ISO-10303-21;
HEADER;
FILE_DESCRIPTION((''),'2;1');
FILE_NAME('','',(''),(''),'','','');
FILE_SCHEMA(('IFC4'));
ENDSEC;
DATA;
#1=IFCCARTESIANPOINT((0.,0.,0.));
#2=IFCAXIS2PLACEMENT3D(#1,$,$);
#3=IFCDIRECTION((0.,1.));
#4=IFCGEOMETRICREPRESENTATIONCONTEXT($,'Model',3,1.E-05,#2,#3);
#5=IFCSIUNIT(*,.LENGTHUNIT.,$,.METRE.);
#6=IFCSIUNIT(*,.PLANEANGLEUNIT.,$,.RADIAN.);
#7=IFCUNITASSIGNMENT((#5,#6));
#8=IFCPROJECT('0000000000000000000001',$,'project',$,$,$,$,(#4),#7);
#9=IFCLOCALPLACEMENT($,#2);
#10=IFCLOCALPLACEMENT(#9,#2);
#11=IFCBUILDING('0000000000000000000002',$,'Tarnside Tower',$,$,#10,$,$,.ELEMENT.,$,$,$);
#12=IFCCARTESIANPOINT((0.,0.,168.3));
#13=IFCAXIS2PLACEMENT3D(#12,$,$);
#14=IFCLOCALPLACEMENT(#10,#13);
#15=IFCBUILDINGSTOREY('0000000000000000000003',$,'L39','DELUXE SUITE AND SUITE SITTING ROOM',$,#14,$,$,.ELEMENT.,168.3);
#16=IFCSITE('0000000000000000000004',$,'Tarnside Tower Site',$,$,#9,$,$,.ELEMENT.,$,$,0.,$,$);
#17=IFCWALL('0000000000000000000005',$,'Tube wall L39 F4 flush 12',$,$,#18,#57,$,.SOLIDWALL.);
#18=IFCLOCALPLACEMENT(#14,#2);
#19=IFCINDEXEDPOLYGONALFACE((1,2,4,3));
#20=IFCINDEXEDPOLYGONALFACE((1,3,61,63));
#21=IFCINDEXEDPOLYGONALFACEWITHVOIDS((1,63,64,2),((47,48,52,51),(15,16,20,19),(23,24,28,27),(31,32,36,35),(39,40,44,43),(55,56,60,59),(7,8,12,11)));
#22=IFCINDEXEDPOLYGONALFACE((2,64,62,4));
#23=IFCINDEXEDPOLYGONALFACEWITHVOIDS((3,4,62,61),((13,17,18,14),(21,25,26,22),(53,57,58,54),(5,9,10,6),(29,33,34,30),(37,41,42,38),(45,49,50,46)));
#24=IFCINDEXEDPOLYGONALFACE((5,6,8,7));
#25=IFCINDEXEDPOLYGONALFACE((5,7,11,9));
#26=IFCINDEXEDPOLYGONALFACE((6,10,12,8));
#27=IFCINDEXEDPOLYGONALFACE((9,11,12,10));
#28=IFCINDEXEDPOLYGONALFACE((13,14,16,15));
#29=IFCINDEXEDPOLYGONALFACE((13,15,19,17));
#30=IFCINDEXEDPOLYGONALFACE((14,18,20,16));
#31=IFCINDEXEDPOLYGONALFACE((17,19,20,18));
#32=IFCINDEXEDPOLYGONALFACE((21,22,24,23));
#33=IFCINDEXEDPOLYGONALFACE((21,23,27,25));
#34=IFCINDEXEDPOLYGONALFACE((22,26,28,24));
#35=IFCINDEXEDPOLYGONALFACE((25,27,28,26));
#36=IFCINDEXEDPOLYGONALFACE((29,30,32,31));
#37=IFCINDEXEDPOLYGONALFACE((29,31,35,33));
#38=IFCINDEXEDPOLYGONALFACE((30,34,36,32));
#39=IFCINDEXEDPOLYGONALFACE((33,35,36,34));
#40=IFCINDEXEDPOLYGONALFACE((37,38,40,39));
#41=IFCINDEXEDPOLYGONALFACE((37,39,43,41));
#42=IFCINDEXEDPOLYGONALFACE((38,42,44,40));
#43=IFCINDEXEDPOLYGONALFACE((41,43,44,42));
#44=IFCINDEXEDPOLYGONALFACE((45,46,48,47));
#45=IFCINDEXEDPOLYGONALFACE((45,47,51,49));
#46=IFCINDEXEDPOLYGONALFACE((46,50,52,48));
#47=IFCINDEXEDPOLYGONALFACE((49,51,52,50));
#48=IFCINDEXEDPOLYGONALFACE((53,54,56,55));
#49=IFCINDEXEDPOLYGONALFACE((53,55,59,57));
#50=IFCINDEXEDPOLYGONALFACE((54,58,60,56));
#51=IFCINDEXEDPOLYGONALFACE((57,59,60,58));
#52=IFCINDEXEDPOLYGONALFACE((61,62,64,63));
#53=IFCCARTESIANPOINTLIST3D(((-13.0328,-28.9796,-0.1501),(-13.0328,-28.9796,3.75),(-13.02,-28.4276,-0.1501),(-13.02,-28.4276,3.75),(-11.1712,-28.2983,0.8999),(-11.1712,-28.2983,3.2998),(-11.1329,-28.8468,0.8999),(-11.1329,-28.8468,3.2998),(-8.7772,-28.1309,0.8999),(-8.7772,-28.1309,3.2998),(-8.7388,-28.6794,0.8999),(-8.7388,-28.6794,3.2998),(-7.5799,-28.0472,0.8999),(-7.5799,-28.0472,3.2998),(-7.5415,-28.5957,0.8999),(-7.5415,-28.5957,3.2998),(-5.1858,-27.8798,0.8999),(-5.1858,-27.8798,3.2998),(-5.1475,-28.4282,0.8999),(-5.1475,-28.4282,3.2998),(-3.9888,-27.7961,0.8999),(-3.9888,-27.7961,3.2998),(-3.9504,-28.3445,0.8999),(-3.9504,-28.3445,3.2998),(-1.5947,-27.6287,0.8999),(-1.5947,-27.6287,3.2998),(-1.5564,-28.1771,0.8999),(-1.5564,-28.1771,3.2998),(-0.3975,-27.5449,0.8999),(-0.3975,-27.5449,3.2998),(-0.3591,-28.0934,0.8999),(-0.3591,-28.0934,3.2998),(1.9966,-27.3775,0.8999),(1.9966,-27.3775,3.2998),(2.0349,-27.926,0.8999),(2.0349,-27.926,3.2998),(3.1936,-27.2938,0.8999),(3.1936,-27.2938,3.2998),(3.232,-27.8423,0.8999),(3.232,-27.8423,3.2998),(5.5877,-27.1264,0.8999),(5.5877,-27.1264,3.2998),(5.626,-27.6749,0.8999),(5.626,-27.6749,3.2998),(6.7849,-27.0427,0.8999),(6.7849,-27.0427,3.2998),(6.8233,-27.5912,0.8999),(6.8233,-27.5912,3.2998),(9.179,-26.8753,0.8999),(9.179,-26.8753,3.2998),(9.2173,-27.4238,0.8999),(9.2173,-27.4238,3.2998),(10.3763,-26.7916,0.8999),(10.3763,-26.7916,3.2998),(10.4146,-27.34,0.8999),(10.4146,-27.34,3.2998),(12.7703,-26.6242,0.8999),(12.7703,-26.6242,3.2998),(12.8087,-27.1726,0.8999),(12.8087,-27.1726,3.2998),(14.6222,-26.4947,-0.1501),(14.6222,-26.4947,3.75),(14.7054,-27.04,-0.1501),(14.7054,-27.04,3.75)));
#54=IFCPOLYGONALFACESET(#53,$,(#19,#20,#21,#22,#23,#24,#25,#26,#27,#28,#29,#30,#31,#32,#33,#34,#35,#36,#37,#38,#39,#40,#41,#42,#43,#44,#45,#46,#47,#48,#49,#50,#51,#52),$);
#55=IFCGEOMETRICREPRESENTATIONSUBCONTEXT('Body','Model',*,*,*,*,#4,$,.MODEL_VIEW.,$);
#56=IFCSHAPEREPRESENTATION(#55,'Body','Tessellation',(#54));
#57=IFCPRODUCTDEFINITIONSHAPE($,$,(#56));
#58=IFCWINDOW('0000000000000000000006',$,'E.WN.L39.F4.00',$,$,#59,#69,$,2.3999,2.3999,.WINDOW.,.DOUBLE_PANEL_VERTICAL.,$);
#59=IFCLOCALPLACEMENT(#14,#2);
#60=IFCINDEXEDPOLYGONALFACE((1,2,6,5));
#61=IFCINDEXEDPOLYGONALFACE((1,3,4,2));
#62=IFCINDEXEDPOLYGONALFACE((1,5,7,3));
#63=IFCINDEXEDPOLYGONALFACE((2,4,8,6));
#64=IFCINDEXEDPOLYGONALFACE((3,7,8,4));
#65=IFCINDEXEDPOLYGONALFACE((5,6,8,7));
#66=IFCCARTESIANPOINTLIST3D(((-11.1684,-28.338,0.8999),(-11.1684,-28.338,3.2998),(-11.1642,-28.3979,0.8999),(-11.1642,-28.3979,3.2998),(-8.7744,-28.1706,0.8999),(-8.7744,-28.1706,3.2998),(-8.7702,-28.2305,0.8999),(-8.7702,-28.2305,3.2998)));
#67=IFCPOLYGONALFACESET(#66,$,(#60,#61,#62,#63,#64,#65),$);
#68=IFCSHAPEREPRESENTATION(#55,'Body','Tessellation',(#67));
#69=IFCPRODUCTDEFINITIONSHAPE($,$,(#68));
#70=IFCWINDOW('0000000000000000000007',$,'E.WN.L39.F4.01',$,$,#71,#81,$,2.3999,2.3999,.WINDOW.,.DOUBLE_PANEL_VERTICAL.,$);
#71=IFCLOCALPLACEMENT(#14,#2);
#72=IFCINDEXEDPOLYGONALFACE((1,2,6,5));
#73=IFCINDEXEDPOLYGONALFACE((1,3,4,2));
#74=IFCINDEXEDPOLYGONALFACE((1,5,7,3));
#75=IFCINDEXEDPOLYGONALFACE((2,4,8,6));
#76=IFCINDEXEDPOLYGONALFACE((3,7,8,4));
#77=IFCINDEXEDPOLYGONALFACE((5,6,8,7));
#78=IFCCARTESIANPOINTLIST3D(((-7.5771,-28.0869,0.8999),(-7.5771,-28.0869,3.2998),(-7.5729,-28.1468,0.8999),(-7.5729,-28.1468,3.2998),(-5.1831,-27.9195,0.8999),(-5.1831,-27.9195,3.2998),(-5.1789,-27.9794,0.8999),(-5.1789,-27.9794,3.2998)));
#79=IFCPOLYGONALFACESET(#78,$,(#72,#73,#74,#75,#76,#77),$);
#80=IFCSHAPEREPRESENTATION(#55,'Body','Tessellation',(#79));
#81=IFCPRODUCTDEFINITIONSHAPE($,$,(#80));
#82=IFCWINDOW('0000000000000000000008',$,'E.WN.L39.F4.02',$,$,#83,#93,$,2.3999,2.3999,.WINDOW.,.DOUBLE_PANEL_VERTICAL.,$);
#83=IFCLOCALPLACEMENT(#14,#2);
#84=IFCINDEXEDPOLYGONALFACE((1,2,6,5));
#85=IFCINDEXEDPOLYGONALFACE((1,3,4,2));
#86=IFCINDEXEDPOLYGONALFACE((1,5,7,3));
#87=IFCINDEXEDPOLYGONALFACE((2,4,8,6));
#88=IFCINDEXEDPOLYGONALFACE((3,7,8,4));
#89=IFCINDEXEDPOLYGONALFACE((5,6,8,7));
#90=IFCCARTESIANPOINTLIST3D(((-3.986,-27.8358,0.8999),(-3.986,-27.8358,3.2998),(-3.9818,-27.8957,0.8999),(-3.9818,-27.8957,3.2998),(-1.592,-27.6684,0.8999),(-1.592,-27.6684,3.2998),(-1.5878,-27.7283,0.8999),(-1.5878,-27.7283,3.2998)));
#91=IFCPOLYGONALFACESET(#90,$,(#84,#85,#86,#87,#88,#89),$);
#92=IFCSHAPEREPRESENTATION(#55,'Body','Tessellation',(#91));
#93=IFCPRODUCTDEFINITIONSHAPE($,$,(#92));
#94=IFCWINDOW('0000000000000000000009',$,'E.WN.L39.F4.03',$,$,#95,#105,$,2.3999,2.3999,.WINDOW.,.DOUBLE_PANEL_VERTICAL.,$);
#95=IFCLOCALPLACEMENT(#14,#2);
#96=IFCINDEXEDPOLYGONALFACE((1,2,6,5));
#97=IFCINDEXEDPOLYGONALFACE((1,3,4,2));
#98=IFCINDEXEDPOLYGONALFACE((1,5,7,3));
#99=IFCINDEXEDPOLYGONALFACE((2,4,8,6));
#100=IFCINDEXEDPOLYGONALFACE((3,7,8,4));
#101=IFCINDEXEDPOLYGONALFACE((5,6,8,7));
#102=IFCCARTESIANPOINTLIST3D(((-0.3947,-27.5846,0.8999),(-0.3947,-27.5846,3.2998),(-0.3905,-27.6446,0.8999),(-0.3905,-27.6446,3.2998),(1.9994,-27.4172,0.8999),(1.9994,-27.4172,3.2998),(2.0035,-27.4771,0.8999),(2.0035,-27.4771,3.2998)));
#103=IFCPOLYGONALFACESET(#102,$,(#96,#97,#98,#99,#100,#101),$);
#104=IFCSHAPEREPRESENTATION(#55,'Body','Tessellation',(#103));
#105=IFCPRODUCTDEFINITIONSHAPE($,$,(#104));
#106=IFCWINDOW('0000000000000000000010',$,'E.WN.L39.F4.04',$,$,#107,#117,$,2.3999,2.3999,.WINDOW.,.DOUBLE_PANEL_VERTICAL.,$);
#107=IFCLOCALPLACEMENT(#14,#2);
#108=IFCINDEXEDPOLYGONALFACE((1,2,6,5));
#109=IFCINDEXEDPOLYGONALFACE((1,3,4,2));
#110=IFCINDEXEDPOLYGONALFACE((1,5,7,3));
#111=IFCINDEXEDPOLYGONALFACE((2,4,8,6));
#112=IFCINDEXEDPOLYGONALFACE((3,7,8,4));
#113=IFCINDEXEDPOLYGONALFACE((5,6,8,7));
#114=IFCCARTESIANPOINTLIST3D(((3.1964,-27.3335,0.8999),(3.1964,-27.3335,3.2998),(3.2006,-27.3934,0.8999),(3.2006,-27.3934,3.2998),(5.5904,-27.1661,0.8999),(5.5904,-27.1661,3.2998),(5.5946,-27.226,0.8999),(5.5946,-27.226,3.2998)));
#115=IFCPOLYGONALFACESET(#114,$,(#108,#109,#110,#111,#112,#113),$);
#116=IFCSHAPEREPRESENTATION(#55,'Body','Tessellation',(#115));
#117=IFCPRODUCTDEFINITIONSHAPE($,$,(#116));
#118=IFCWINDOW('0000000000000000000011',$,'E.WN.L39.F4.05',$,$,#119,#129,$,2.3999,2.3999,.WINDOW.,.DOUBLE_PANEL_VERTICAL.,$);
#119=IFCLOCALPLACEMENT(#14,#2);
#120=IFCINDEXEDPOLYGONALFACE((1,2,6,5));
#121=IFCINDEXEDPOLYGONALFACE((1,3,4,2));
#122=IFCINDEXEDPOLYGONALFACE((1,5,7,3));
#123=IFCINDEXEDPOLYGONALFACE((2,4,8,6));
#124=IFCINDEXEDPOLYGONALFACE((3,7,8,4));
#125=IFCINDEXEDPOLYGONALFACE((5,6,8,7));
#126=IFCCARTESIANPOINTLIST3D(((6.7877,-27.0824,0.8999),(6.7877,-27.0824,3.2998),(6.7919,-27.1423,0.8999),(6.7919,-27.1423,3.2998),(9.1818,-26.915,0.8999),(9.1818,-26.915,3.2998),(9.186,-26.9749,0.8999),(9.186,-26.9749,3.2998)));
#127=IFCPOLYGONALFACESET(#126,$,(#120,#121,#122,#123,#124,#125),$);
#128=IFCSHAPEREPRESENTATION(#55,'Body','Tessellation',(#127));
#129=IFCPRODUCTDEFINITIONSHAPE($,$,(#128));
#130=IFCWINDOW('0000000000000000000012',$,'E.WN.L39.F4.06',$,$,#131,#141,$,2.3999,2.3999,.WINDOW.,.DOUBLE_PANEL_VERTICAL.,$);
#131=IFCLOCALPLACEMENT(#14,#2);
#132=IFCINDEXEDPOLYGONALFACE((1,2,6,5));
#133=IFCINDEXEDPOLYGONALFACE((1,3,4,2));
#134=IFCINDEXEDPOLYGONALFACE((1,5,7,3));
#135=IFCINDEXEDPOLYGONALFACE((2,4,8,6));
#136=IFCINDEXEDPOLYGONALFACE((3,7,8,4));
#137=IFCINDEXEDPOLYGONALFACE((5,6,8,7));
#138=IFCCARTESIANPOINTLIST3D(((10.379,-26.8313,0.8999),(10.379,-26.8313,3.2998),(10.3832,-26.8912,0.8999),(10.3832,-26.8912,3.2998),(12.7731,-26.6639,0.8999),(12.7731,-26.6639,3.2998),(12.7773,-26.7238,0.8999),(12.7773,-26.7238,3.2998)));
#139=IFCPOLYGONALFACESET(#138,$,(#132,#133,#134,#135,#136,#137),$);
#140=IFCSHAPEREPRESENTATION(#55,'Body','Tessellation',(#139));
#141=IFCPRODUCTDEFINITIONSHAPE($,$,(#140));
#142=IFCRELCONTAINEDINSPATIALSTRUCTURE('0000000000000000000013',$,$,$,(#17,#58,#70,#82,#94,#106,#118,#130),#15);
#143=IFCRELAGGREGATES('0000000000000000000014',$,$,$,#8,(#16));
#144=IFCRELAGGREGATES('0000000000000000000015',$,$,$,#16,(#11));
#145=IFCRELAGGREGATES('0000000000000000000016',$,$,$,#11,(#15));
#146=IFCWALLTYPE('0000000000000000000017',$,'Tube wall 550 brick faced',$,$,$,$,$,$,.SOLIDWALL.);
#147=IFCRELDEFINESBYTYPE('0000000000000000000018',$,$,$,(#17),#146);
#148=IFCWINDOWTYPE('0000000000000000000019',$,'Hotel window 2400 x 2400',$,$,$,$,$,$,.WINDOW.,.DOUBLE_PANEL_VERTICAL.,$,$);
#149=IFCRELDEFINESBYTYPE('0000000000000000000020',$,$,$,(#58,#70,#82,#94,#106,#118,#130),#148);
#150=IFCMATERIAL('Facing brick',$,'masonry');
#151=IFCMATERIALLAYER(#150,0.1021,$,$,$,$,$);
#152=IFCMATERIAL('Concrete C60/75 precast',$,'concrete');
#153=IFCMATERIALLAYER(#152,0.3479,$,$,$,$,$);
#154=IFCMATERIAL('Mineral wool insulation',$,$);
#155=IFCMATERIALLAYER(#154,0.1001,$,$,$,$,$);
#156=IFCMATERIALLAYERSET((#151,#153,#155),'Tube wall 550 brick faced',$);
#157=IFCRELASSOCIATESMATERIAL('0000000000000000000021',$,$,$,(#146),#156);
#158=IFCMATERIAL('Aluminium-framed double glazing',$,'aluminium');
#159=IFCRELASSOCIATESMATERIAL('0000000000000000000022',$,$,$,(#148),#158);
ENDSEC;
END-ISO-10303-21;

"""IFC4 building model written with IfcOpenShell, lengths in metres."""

from ifc_helpers import new_model, si_unit, direction, frame, frame_2d, origin, place, context, subcontext, project, spatial, polyline, rectangle, outline, extrude, material, layer, layer_set, type_object, element, fill, save


model = new_model("IFC4")

# Units and contexts
model_context = context("Model", 3, precision=1e-05, world=origin(), true_north=direction((0.0, 1.0)))
body_context = subcontext(model_context, "Body", "Model", "MODEL_VIEW")
ifc_project = project(units=[si_unit("LENGTHUNIT", "METRE"), si_unit("PLANEANGLEUNIT", "RADIAN")], contexts=[model_context])

# Site, building, storey
site_placement = place(None, origin())
site = spatial("IfcSite", under=ifc_project, at=site_placement, Name="Tarnside Tower Site", CompositionType="ELEMENT", RefElevation=0.0)
building_placement = place(site_placement, origin())
building = spatial("IfcBuilding", under=site, at=building_placement, Name="Tarnside Tower", CompositionType="ELEMENT")
storey_placement = place(building_placement, frame((0.0, 0.0, 168.3)))
storey = spatial("IfcBuildingStorey", under=building, at=storey_placement, Name="L39", Description="DELUXE SUITE AND SUITE SITTING ROOM", CompositionType="ELEMENT", Elevation=168.3)

# Wall, openings, windows
ifc_material_1 = material(Name="Facing brick", Category="masonry")
ifc_layer_1 = layer(ifc_material_1, 0.1021)
ifc_material_2 = material(Name="Concrete C60/75 precast", Category="concrete")
ifc_layer_2 = layer(ifc_material_2, 0.3479)
ifc_material_3 = material(Name="Mineral wool insulation")
ifc_layer_3 = layer(ifc_material_3, 0.1001)
ifc_layer_set_1 = layer_set([ifc_layer_1, ifc_layer_2, ifc_layer_3], Name="Tube wall 550 brick faced")
wall_type_1 = type_object("IfcWallType", Name="Tube wall 550 brick faced", PredefinedType="SOLIDWALL", material=ifc_layer_set_1)
wall_1_placement = place(storey_placement, frame((-13.0264, -28.7036, -0.1501), z_axis=(0.0, 0.0, 1.0), x_axis=(0.997564, 0.069756, 0.0)))
wall_1 = element("IfcWall", 1, at=wall_1_placement, inside=storey, type_object=wall_type_1, Name="Tube wall L39 F4 flush 12", PredefinedType="SOLIDWALL", context=body_context, shape_type="SweptSolid", body=[
    extrude(outline(polyline([(-0.0256, -0.2749), (27.7803, -0.2749), (27.7354, 0.2749), (0.0256, 0.2749), (-0.0256, -0.2749)])), origin(), (0.0, 0.0, 1.0), 3.9001),
])
opening_1_placement = place(wall_1_placement, frame((1.8789, 0.0, 1.05)))
opening_1 = element("IfcOpeningElement", 2, at=opening_1_placement, cuts=wall_1, PredefinedType="OPENING", context=body_context, shape_type="SweptSolid", body=[
    extrude(rectangle(XDim=2.3999, YDim=2.3999, at=frame_2d((1.2, 1.2))), frame((0.0, 0.2852, 0.0), z_axis=(0.0, -1.0, 0.0), x_axis=(1.0, 0.0, 0.0)), (0.0, 0.0, 1.0), 0.5701),
])
opening_2_placement = place(wall_1_placement, frame((5.479, 0.0, 1.05)))
opening_2 = element("IfcOpeningElement", 3, at=opening_2_placement, cuts=wall_1, PredefinedType="OPENING", context=body_context, shape_type="SweptSolid", body=[
    extrude(rectangle(XDim=2.3999, YDim=2.3999, at=frame_2d((1.2, 1.2))), frame((0.0, 0.2852, 0.0), z_axis=(0.0, -1.0, 0.0), x_axis=(1.0, 0.0, 0.0)), (0.0, 0.0, 1.0), 0.5701),
])
opening_3_placement = place(wall_1_placement, frame((9.0789, 0.0, 1.05)))
opening_3 = element("IfcOpeningElement", 4, at=opening_3_placement, cuts=wall_1, PredefinedType="OPENING", context=body_context, shape_type="SweptSolid", body=[
    extrude(rectangle(XDim=2.3999, YDim=2.3999, at=frame_2d((1.2, 1.2))), frame((0.0, 0.2852, 0.0), z_axis=(0.0, -1.0, 0.0), x_axis=(1.0, 0.0, 0.0)), (0.0, 0.0, 1.0), 0.5701),
])
opening_4_placement = place(wall_1_placement, frame((12.679, 0.0, 1.05)))
opening_4 = element("IfcOpeningElement", 5, at=opening_4_placement, cuts=wall_1, PredefinedType="OPENING", context=body_context, shape_type="SweptSolid", body=[
    extrude(rectangle(XDim=2.3999, YDim=2.3999, at=frame_2d((1.2, 1.2))), frame((0.0, 0.2852, 0.0), z_axis=(0.0, -1.0, 0.0), x_axis=(1.0, 0.0, 0.0)), (0.0, 0.0, 1.0), 0.5701),
])
opening_5_placement = place(wall_1_placement, frame((16.2788, 0.0, 1.05)))
opening_5 = element("IfcOpeningElement", 6, at=opening_5_placement, cuts=wall_1, PredefinedType="OPENING", context=body_context, shape_type="SweptSolid", body=[
    extrude(rectangle(XDim=2.3999, YDim=2.3999, at=frame_2d((1.2, 1.2))), frame((0.0, 0.2852, 0.0), z_axis=(0.0, -1.0, 0.0), x_axis=(1.0, 0.0, 0.0)), (0.0, 0.0, 1.0), 0.5701),
])
opening_6_placement = place(wall_1_placement, frame((19.8789, 0.0, 1.05)))
opening_6 = element("IfcOpeningElement", 7, at=opening_6_placement, cuts=wall_1, PredefinedType="OPENING", context=body_context, shape_type="SweptSolid", body=[
    extrude(rectangle(XDim=2.3999, YDim=2.3999, at=frame_2d((1.2, 1.2))), frame((0.0, 0.2852, 0.0), z_axis=(0.0, -1.0, 0.0), x_axis=(1.0, 0.0, 0.0)), (0.0, 0.0, 1.0), 0.5701),
])
opening_7_placement = place(wall_1_placement, frame((23.479, 0.0, 1.05)))
opening_7 = element("IfcOpeningElement", 8, at=opening_7_placement, cuts=wall_1, PredefinedType="OPENING", context=body_context, shape_type="SweptSolid", body=[
    extrude(rectangle(XDim=2.3999, YDim=2.3999, at=frame_2d((1.2, 1.2))), frame((0.0, 0.2852, 0.0), z_axis=(0.0, -1.0, 0.0), x_axis=(1.0, 0.0, 0.0)), (0.0, 0.0, 1.0), 0.5701),
])
ifc_material_4 = material(Name="Aluminium-framed double glazing", Category="aluminium")
window_type = type_object("IfcWindowType", Name="Hotel window 2400 x 2400", PartitioningType="DOUBLE_PANEL_VERTICAL", PredefinedType="WINDOW", material=ifc_material_4)
window_1_placement = place(opening_1_placement, frame((0.0, 0.2051, 0.0)))
window_1 = element("IfcWindow", 9, at=window_1_placement, inside=storey, type_object=window_type, Name="E.WN.L39.F4.00", OverallHeight=2.3999, OverallWidth=2.3999, PartitioningType="DOUBLE_PANEL_VERTICAL", PredefinedType="WINDOW", context=body_context, shape_type="SweptSolid", body=[
    extrude(rectangle(XDim=2.3999, YDim=2.3999, at=frame_2d((1.2, 1.2))), frame((0.0, 0.03, 0.0), z_axis=(0.0, -1.0, 0.0), x_axis=(1.0, 0.0, 0.0)), (0.0, 0.0, 1.0), 0.0601),
])
fill(opening_1, window_1)
window_2_placement = place(opening_2_placement, frame((0.0, 0.2051, 0.0)))
window_2 = element("IfcWindow", 10, at=window_2_placement, inside=storey, type_object=window_type, Name="E.WN.L39.F4.01", OverallHeight=2.3999, OverallWidth=2.3999, PartitioningType="DOUBLE_PANEL_VERTICAL", PredefinedType="WINDOW", context=body_context, shape_type="SweptSolid", body=[
    extrude(rectangle(XDim=2.3999, YDim=2.3999, at=frame_2d((1.2, 1.2))), frame((0.0, 0.03, 0.0), z_axis=(0.0, -1.0, 0.0), x_axis=(1.0, 0.0, 0.0)), (0.0, 0.0, 1.0), 0.0601),
])
fill(opening_2, window_2)
window_3_placement = place(opening_3_placement, frame((0.0, 0.2051, 0.0)))
window_3 = element("IfcWindow", 11, at=window_3_placement, inside=storey, type_object=window_type, Name="E.WN.L39.F4.02", OverallHeight=2.3999, OverallWidth=2.3999, PartitioningType="DOUBLE_PANEL_VERTICAL", PredefinedType="WINDOW", context=body_context, shape_type="SweptSolid", body=[
    extrude(rectangle(XDim=2.3999, YDim=2.3999, at=frame_2d((1.2, 1.2))), frame((0.0, 0.03, 0.0), z_axis=(0.0, -1.0, 0.0), x_axis=(1.0, 0.0, 0.0)), (0.0, 0.0, 1.0), 0.0601),
])
fill(opening_3, window_3)
window_4_placement = place(opening_4_placement, frame((0.0, 0.2051, 0.0)))
window_4 = element("IfcWindow", 12, at=window_4_placement, inside=storey, type_object=window_type, Name="E.WN.L39.F4.03", OverallHeight=2.3999, OverallWidth=2.3999, PartitioningType="DOUBLE_PANEL_VERTICAL", PredefinedType="WINDOW", context=body_context, shape_type="SweptSolid", body=[
    extrude(rectangle(XDim=2.3999, YDim=2.3999, at=frame_2d((1.2, 1.2))), frame((0.0, 0.03, 0.0), z_axis=(0.0, -1.0, 0.0), x_axis=(1.0, 0.0, 0.0)), (0.0, 0.0, 1.0), 0.0601),
])
fill(opening_4, window_4)
window_5_placement = place(opening_5_placement, frame((0.0, 0.2051, 0.0)))
window_5 = element("IfcWindow", 13, at=window_5_placement, inside=storey, type_object=window_type, Name="E.WN.L39.F4.04", OverallHeight=2.3999, OverallWidth=2.3999, PartitioningType="DOUBLE_PANEL_VERTICAL", PredefinedType="WINDOW", context=body_context, shape_type="SweptSolid", body=[
    extrude(rectangle(XDim=2.3999, YDim=2.3999, at=frame_2d((1.2, 1.2))), frame((0.0, 0.03, 0.0), z_axis=(0.0, -1.0, 0.0), x_axis=(1.0, 0.0, 0.0)), (0.0, 0.0, 1.0), 0.0601),
])
fill(opening_5, window_5)
window_6_placement = place(opening_6_placement, frame((0.0, 0.2051, 0.0)))
window_6 = element("IfcWindow", 14, at=window_6_placement, inside=storey, type_object=window_type, Name="E.WN.L39.F4.05", OverallHeight=2.3999, OverallWidth=2.3999, PartitioningType="DOUBLE_PANEL_VERTICAL", PredefinedType="WINDOW", context=body_context, shape_type="SweptSolid", body=[
    extrude(rectangle(XDim=2.3999, YDim=2.3999, at=frame_2d((1.2, 1.2))), frame((0.0, 0.03, 0.0), z_axis=(0.0, -1.0, 0.0), x_axis=(1.0, 0.0, 0.0)), (0.0, 0.0, 1.0), 0.0601),
])
fill(opening_6, window_6)
window_7_placement = place(opening_7_placement, frame((0.0, 0.2051, 0.0)))
window_7 = element("IfcWindow", 15, at=window_7_placement, inside=storey, type_object=window_type, Name="E.WN.L39.F4.06", OverallHeight=2.3999, OverallWidth=2.3999, PartitioningType="DOUBLE_PANEL_VERTICAL", PredefinedType="WINDOW", context=body_context, shape_type="SweptSolid", body=[
    extrude(rectangle(XDim=2.3999, YDim=2.3999, at=frame_2d((1.2, 1.2))), frame((0.0, 0.03, 0.0), z_axis=(0.0, -1.0, 0.0), x_axis=(1.0, 0.0, 0.0)), (0.0, 0.0, 1.0), 0.0601),
])
fill(opening_7, window_7)

save(model, "model.ifc")
